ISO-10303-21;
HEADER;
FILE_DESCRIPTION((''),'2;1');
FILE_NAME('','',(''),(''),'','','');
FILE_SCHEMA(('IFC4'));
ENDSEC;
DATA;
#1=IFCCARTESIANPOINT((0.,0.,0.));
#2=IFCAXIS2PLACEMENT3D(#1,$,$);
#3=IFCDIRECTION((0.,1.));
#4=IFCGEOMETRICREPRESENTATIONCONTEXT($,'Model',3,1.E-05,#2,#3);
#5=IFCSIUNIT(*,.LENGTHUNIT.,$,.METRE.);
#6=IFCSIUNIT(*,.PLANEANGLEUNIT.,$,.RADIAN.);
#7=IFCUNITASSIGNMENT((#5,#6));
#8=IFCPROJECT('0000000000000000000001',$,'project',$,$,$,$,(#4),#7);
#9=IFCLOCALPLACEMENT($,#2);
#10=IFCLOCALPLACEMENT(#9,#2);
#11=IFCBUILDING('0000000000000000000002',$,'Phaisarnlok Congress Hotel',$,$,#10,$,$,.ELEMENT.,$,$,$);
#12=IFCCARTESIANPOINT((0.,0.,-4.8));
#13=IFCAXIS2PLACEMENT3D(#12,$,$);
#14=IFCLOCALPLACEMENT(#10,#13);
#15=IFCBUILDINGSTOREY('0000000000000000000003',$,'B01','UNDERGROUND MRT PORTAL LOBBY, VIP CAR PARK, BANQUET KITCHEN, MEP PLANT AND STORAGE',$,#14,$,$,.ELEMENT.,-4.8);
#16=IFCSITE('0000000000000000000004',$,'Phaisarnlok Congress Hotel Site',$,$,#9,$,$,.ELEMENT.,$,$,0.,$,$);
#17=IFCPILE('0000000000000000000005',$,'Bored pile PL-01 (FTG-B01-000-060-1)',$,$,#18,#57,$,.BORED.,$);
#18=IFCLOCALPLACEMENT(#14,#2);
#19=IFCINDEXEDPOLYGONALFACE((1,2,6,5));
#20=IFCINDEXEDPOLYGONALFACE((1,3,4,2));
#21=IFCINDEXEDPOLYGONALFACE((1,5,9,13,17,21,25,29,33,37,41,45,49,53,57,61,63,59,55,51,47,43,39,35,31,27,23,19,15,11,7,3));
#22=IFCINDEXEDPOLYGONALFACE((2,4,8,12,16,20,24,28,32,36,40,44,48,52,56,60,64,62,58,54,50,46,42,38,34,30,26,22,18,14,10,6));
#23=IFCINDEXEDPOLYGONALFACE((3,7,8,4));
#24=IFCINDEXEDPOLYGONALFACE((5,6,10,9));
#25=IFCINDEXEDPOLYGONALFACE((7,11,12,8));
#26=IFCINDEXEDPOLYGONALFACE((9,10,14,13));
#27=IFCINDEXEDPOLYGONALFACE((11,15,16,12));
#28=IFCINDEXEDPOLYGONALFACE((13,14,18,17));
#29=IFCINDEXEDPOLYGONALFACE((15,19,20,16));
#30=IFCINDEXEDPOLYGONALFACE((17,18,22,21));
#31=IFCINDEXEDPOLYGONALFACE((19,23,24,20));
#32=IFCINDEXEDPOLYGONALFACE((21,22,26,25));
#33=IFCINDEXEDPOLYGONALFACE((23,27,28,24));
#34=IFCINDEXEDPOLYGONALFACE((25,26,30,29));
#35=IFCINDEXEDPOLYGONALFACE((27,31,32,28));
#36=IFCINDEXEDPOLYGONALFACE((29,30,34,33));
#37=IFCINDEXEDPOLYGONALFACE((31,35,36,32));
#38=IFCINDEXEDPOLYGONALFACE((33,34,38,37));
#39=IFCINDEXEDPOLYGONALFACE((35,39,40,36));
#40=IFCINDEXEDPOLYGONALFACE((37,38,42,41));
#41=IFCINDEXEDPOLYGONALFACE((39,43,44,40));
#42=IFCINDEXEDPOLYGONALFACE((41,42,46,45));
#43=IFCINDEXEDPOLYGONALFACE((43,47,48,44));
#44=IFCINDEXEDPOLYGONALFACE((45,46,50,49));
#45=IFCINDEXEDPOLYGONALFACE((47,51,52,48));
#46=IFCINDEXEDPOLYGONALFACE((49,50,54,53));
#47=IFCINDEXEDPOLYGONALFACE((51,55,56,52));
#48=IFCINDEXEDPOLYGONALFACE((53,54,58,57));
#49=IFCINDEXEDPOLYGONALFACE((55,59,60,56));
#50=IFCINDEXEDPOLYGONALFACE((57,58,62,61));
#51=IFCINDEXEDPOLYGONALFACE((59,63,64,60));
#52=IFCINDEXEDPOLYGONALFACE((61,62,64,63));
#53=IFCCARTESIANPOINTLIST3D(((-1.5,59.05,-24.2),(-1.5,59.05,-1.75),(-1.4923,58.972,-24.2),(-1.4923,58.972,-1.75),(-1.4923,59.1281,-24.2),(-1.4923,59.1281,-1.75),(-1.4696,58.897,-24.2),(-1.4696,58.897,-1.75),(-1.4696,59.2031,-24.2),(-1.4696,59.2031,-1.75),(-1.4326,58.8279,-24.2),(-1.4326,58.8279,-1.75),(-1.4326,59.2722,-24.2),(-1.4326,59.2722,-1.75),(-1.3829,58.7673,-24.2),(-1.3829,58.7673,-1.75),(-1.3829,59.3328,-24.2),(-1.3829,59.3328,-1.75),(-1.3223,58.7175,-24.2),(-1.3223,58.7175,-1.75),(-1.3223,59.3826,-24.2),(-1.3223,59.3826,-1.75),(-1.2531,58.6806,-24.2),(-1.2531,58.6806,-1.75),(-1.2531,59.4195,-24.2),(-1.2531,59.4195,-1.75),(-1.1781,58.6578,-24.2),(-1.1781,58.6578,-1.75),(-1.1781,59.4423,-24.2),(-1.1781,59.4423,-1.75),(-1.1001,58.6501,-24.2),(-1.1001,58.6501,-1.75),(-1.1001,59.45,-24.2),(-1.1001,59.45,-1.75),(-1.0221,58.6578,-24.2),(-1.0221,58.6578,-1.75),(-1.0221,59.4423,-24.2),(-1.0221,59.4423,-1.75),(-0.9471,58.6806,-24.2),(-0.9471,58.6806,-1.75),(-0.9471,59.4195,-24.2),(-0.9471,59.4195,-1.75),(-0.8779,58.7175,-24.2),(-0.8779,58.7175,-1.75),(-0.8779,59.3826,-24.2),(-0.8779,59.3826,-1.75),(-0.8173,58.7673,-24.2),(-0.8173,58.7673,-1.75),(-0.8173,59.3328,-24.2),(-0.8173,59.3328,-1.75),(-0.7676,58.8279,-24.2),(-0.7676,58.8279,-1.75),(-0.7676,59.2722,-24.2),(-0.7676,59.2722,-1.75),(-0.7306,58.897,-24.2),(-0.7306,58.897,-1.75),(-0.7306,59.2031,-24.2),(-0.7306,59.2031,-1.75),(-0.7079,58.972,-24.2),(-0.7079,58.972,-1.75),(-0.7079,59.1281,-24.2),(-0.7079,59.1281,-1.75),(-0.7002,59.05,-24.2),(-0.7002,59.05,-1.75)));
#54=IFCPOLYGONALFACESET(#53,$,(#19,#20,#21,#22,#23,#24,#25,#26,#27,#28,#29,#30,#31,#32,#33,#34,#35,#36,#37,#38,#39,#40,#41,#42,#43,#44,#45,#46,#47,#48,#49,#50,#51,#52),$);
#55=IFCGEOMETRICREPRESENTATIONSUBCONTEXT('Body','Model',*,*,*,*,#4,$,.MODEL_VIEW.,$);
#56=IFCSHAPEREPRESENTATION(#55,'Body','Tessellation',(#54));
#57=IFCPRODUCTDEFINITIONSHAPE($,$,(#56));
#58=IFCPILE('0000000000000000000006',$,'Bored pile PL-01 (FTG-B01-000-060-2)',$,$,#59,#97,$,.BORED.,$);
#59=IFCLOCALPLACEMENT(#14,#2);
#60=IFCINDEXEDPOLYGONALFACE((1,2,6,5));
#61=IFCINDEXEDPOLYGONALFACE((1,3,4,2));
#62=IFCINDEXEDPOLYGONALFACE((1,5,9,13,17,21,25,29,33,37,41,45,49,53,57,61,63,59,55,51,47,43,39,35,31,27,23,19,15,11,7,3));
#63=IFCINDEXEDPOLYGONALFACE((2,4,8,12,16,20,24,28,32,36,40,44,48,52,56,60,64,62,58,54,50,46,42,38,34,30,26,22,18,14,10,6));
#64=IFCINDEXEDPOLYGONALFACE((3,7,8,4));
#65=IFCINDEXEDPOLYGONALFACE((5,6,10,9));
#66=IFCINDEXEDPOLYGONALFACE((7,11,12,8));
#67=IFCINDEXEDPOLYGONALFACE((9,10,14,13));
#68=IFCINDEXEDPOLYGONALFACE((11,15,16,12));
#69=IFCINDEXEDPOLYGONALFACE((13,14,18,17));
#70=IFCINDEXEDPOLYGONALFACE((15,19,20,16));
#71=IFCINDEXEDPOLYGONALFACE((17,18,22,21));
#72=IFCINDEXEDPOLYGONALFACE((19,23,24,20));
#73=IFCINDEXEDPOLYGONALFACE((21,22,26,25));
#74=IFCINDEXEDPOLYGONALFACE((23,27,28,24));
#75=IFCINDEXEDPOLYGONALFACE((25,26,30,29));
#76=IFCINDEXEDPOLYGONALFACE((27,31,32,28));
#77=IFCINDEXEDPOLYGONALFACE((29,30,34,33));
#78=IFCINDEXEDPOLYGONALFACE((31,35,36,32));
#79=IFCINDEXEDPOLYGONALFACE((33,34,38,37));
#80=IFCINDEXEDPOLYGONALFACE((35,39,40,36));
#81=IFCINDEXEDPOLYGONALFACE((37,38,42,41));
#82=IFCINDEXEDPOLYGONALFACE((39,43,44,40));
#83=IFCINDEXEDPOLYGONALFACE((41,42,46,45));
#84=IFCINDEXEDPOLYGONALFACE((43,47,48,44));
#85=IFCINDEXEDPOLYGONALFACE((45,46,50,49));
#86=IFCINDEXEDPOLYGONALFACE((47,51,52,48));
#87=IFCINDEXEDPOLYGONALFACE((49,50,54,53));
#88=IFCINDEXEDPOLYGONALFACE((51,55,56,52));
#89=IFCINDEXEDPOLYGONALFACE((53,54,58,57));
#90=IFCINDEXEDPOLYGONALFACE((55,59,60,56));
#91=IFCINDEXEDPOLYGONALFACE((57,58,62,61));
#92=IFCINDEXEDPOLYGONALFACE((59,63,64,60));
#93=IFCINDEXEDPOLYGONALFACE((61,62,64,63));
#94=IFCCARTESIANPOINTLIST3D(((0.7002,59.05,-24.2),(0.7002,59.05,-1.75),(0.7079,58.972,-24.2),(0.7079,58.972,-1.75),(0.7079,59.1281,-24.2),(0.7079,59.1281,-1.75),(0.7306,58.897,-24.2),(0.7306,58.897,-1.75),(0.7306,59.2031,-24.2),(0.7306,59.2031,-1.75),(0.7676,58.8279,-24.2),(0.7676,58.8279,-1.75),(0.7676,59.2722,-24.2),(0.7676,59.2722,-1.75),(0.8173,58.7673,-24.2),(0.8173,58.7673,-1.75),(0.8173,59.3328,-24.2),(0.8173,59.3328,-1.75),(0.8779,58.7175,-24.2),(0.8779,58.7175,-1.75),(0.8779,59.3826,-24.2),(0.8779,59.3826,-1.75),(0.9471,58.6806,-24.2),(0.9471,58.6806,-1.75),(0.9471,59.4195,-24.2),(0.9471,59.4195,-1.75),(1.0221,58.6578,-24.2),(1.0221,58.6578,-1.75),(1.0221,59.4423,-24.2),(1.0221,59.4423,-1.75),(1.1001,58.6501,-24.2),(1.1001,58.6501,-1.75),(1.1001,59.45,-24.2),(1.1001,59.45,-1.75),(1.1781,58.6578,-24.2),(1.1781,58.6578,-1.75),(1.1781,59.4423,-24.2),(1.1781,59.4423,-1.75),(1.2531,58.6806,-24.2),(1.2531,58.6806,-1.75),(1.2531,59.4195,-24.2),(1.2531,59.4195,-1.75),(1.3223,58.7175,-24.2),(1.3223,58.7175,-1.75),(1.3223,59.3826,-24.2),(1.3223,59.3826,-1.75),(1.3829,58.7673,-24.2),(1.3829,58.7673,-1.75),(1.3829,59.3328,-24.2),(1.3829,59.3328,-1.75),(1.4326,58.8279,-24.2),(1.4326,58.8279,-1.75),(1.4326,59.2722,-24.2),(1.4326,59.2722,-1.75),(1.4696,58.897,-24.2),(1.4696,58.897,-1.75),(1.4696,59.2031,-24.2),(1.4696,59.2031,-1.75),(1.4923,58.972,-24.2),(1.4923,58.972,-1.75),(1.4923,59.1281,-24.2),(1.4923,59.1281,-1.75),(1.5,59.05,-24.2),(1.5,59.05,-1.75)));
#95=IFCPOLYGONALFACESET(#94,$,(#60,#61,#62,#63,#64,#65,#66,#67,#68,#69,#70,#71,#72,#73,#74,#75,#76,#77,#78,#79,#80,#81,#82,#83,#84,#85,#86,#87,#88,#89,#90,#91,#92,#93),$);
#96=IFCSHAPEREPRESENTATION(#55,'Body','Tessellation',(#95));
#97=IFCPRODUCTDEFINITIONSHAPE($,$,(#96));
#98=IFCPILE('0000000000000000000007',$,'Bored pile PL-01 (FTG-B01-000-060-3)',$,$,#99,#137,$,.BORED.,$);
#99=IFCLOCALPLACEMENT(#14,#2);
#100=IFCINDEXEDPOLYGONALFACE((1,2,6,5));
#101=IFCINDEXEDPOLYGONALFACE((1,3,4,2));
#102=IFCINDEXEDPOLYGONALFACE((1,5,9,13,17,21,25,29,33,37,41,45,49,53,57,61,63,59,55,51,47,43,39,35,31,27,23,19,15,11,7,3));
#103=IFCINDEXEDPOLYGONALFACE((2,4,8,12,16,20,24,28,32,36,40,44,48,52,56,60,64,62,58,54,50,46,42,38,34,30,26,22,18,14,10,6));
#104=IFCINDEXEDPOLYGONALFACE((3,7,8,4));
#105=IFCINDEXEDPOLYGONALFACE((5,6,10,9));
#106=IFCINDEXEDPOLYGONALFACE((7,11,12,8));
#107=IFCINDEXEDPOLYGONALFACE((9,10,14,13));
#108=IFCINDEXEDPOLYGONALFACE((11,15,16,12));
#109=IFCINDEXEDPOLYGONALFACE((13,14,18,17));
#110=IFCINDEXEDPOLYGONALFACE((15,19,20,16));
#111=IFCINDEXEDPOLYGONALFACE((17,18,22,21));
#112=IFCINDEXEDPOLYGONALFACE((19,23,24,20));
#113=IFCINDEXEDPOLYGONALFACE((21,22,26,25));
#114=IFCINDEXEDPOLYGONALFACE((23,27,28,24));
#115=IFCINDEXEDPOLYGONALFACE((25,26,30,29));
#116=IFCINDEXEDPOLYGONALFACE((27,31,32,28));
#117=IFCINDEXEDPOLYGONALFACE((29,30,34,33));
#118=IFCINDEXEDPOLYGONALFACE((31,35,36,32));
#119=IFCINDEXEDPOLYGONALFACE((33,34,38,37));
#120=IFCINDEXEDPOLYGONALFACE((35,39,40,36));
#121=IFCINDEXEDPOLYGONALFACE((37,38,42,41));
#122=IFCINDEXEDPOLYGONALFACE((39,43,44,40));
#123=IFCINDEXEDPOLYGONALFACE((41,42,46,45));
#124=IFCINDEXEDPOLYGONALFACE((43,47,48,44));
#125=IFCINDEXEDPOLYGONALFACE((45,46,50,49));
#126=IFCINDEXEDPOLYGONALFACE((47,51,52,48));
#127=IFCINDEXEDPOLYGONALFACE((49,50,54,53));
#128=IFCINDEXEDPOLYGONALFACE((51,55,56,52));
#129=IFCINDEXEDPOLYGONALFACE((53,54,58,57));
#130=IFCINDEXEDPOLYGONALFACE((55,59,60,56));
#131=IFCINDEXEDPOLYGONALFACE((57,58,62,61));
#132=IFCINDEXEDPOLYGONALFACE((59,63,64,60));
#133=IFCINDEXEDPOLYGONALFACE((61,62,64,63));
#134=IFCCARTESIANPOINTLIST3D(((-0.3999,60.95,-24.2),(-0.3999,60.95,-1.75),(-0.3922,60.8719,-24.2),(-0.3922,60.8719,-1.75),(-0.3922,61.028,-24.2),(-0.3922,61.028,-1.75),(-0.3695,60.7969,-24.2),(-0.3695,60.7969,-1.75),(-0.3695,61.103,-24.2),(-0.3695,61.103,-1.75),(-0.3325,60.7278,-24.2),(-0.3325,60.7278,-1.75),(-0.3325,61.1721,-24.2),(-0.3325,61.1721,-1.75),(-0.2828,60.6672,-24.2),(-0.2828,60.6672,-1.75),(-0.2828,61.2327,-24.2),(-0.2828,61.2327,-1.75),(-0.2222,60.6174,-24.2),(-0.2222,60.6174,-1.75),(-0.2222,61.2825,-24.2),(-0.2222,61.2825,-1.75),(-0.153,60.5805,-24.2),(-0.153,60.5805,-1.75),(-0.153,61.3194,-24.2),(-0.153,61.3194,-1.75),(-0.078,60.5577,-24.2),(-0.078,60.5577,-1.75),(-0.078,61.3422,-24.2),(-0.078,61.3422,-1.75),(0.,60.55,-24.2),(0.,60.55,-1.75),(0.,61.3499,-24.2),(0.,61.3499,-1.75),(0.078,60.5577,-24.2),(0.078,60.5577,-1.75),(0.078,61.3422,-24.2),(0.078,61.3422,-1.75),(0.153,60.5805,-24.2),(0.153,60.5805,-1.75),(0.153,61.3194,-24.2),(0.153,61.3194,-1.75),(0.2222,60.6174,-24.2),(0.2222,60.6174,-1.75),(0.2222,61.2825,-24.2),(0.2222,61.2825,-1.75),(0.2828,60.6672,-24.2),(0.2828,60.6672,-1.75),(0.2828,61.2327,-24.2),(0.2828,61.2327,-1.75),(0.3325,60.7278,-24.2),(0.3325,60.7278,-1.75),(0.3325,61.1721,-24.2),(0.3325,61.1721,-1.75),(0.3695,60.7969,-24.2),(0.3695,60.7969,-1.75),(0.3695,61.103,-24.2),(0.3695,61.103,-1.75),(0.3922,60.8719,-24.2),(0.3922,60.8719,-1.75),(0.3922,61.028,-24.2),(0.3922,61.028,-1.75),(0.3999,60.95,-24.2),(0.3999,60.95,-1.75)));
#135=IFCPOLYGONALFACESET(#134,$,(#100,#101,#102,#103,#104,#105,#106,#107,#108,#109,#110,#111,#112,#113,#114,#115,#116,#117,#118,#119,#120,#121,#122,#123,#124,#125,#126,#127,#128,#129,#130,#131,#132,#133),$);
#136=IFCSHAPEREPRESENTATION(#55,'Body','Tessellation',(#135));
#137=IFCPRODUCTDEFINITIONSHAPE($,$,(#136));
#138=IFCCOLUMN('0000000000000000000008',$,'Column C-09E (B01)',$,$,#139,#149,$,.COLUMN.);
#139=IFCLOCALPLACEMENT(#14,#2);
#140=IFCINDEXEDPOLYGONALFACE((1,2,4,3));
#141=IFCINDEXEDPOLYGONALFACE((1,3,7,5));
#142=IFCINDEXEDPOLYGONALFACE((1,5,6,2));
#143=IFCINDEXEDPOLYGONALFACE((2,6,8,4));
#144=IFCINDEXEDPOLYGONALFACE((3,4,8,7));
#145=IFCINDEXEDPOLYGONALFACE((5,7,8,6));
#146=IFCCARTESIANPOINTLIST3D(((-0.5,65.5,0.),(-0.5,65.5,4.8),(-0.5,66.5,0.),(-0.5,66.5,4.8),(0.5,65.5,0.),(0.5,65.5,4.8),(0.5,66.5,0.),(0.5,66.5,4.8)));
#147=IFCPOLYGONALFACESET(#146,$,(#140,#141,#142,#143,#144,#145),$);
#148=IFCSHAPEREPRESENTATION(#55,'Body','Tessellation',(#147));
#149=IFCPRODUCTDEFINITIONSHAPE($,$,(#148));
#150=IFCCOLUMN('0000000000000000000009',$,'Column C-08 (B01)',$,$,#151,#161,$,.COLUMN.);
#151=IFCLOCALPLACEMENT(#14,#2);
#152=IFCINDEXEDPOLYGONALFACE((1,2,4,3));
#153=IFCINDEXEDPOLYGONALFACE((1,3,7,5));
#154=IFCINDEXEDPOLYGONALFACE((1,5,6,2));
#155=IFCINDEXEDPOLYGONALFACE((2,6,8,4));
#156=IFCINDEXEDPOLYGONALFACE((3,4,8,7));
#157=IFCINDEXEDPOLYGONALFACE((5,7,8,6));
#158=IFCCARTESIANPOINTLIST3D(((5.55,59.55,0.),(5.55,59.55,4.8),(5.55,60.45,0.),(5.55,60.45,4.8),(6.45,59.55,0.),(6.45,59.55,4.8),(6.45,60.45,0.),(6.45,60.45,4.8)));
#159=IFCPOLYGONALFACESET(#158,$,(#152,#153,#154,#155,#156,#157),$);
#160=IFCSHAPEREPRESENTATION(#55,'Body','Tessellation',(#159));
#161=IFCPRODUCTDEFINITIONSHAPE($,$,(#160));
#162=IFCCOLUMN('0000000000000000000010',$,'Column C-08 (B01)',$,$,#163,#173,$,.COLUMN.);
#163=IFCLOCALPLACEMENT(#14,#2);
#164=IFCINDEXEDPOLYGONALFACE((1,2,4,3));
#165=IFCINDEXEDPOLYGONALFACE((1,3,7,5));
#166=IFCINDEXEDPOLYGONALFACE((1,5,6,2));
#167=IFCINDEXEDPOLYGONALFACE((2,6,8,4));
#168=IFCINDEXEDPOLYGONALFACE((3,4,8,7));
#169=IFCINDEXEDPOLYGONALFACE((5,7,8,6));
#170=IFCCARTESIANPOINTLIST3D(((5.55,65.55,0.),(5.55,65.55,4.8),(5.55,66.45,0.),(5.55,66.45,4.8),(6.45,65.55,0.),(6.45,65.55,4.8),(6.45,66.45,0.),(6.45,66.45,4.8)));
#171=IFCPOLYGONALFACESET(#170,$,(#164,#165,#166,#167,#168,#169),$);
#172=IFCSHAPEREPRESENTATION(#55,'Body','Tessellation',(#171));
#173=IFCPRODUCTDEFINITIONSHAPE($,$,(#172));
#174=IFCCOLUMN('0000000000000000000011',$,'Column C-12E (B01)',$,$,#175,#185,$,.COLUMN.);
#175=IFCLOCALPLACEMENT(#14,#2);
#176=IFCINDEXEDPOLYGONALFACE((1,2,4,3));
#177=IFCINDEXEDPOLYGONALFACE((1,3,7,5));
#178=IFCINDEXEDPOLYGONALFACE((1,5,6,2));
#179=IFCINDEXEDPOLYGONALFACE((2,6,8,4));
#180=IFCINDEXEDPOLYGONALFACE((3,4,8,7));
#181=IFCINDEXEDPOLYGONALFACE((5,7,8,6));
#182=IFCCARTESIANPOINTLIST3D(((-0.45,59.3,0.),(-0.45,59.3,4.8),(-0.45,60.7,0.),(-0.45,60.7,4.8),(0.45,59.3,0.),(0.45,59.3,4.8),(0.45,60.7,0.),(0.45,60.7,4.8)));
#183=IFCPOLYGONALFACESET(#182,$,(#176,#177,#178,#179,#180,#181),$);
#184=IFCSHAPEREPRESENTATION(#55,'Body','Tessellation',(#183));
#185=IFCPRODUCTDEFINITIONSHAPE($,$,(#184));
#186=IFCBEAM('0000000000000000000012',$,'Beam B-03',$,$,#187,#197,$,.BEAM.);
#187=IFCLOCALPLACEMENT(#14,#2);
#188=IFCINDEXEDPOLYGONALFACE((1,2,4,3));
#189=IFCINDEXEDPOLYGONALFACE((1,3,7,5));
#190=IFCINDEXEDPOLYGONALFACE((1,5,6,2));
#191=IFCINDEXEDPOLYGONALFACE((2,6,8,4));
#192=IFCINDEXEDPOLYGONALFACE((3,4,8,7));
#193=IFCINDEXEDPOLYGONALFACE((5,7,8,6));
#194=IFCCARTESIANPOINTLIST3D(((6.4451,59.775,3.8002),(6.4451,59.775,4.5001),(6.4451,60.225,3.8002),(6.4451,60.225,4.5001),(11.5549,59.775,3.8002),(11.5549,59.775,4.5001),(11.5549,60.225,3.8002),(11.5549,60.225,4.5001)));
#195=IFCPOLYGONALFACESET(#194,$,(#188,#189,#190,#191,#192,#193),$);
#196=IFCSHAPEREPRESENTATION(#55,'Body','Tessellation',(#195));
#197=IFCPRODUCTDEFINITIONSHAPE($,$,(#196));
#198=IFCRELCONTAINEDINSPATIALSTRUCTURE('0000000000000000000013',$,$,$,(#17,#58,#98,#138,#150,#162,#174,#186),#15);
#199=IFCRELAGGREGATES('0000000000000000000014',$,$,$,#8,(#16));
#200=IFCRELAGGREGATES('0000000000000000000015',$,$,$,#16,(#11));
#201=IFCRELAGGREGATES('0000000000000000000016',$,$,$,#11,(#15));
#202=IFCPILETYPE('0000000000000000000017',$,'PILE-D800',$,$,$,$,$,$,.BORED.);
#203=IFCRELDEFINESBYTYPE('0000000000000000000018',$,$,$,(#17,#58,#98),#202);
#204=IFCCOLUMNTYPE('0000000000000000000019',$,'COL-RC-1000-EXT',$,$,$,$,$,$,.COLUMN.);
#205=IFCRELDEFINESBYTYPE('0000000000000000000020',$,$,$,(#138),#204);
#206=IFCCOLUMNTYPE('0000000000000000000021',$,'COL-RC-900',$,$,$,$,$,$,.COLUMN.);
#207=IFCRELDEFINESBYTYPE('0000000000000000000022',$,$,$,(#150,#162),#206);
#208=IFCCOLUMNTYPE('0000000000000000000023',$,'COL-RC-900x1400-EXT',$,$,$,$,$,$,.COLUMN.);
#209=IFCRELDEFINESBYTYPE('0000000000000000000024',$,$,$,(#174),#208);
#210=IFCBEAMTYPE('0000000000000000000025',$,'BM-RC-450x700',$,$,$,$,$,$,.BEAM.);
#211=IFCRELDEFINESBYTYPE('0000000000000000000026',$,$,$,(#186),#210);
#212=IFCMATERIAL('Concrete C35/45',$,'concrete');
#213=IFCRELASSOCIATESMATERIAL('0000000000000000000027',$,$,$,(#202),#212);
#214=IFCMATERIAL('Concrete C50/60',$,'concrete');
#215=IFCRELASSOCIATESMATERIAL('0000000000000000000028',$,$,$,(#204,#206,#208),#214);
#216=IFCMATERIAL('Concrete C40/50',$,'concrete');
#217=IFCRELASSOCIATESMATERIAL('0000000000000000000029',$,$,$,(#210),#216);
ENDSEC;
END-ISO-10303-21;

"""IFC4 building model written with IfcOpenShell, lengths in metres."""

from ifc_helpers import new_model, si_unit, direction, frame, origin, origin_2d, place, context, subcontext, project, spatial, rectangle, circle, extrude, material, material_profile, profile_set, type_object, element, save


model = new_model("IFC4")

# Units and contexts
model_context = context("Model", 3, precision=1e-05, world=origin(), true_north=direction((0.0, 1.0)))
body_context = subcontext(model_context, "Body", "Model", "MODEL_VIEW")
ifc_project = project(units=[si_unit("LENGTHUNIT", "METRE"), si_unit("PLANEANGLEUNIT", "RADIAN")], contexts=[model_context])

# Site, building, storey
site_placement = place(None, origin())
site = spatial("IfcSite", under=ifc_project, at=site_placement, Name="Phaisarnlok Congress Hotel Site", CompositionType="ELEMENT", RefElevation=0.0)
building_placement = place(site_placement, origin())
building = spatial("IfcBuilding", under=site, at=building_placement, Name="Phaisarnlok Congress Hotel", CompositionType="ELEMENT")
storey_placement = place(building_placement, frame((0.0, 0.0, -4.8)))
storey = spatial("IfcBuildingStorey", under=building, at=storey_placement, Name="B01", Description="UNDERGROUND MRT PORTAL LOBBY, VIP CAR PARK, BANQUET KITCHEN, MEP PLANT AND STORAGE", CompositionType="ELEMENT", Elevation=-4.8)

# Shared definitions
ifc_material_1 = material(Name="Concrete C40/50", Category="concrete")

# Piles
ifc_material_2 = material(Name="Concrete C35/45", Category="concrete")
ifc_material_profile_1 = material_profile(ifc_material_2, circle(Radius=0.3999, at=origin_2d()), Name="BORED PILE D800")
ifc_profile_set_1 = profile_set([ifc_material_profile_1], Name="Concrete C35/45")
pile_type_1 = type_object("IfcPileType", Name="PILE-D800", PredefinedType="BORED", material=ifc_profile_set_1)
for number, where, z_axis, x_axis, name in (
    (1, (-1.1001, 59.05, -1.75), (0.0, 0.0, -1.0), (1.0, 0.0, 0.0), "Bored pile PL-01 (FTG-B01-000-060-1)"),
    (2, (1.1001, 59.05, -1.75), (0.0, 0.0, -1.0), (1.0, 0.0, 0.0), "Bored pile PL-01 (FTG-B01-000-060-2)"),
    (3, (0.0, 60.95, -1.75), (0.0, 0.0, -1.0), (1.0, 0.0, 0.0), "Bored pile PL-01 (FTG-B01-000-060-3)"),
):
    element("IfcPile", number, at=place(storey_placement, frame(where, z_axis=z_axis, x_axis=x_axis)), inside=storey, type_object=pile_type_1, Name=name, PredefinedType="BORED", context=body_context, shape_type="SweptSolid", body=[
        extrude(circle(Radius=0.3999, at=origin_2d()), origin(), (0.0, 0.0, 1.0), 22.45),
    ])

# Columns
ifc_material_3 = material(Name="Concrete C50/60", Category="concrete")
ifc_material_profile_2 = material_profile(ifc_material_3, rectangle(XDim=1.0, YDim=1.0, at=origin_2d()), Name="RC 1000x1000")
ifc_profile_set_2 = profile_set([ifc_material_profile_2], Name="Concrete C50/60")
column_type_1 = type_object("IfcColumnType", Name="COL-RC-1000-EXT", PredefinedType="COLUMN", material=ifc_profile_set_2)
column_1_placement = place(storey_placement, frame((0.0, 66.0, 0.0), z_axis=(0.0, 0.0, 1.0), x_axis=(1.0, 0.0, 0.0)))
element("IfcColumn", 4, at=column_1_placement, inside=storey, type_object=column_type_1, Name="Column C-09E (B01)", PredefinedType="COLUMN", context=body_context, shape_type="SweptSolid", body=[
    extrude(rectangle(XDim=1.0, YDim=1.0, at=origin_2d()), origin(), (0.0, 0.0, 1.0), 4.8),
])
ifc_material_profile_3 = material_profile(ifc_material_3, rectangle(XDim=0.8999, YDim=0.8999, at=origin_2d()), Name="RC 900x900")
ifc_profile_set_3 = profile_set([ifc_material_profile_3], Name="Concrete C50/60")
column_type_2 = type_object("IfcColumnType", Name="COL-RC-900", PredefinedType="COLUMN", material=ifc_profile_set_3)
for number, where, z_axis, x_axis, name in (
    (5, (6.0, 60.0, 0.0), (0.0, 0.0, 1.0), (1.0, 0.0, 0.0), "Column C-08 (B01)"),
    (6, (6.0, 66.0, 0.0), (0.0, 0.0, 1.0), (1.0, 0.0, 0.0), "Column C-08 (B01)"),
):
    element("IfcColumn", number, at=place(storey_placement, frame(where, z_axis=z_axis, x_axis=x_axis)), inside=storey, type_object=column_type_2, Name=name, PredefinedType="COLUMN", context=body_context, shape_type="SweptSolid", body=[
        extrude(rectangle(XDim=0.8999, YDim=0.8999, at=origin_2d()), origin(), (0.0, 0.0, 1.0), 4.8),
    ])
ifc_material_profile_4 = material_profile(ifc_material_3, rectangle(XDim=0.8999, YDim=1.3999, at=origin_2d()), Name="RC 900x1400")
ifc_profile_set_4 = profile_set([ifc_material_profile_4], Name="Concrete C50/60")
column_type_3 = type_object("IfcColumnType", Name="COL-RC-900x1400-EXT", PredefinedType="COLUMN", material=ifc_profile_set_4)
column_2_placement = place(storey_placement, frame((0.0, 60.0, 0.0), z_axis=(0.0, 0.0, 1.0), x_axis=(1.0, 0.0, 0.0)))
element("IfcColumn", 7, at=column_2_placement, inside=storey, type_object=column_type_3, Name="Column C-12E (B01)", PredefinedType="COLUMN", context=body_context, shape_type="SweptSolid", body=[
    extrude(rectangle(XDim=0.8999, YDim=1.3999, at=origin_2d()), origin(), (0.0, 0.0, 1.0), 4.8),
])

# Beam
ifc_material_profile_5 = material_profile(ifc_material_1, rectangle(XDim=0.45, YDim=0.7, at=origin_2d()), Name="RC 450x700")
ifc_profile_set_5 = profile_set([ifc_material_profile_5], Name="Concrete C40/50")
beam_type_1 = type_object("IfcBeamType", Name="BM-RC-450x700", PredefinedType="BEAM", material=ifc_profile_set_5)
for number, where, z_axis, x_axis, name in (
    (8, (6.4451, 60.0, 4.1501), (1.0, 0.0, 0.0), (0.0, 1.0, 0.0), "Beam B-03"),
):
    element("IfcBeam", number, at=place(storey_placement, frame(where, z_axis=z_axis, x_axis=x_axis)), inside=storey, type_object=beam_type_1, Name=name, PredefinedType="BEAM", context=body_context, shape_type="SweptSolid", body=[
        extrude(rectangle(XDim=0.45, YDim=0.7, at=origin_2d()), origin(), (0.0, 0.0, 1.0), 5.1099),
    ])

save(model, "model.ifc")
